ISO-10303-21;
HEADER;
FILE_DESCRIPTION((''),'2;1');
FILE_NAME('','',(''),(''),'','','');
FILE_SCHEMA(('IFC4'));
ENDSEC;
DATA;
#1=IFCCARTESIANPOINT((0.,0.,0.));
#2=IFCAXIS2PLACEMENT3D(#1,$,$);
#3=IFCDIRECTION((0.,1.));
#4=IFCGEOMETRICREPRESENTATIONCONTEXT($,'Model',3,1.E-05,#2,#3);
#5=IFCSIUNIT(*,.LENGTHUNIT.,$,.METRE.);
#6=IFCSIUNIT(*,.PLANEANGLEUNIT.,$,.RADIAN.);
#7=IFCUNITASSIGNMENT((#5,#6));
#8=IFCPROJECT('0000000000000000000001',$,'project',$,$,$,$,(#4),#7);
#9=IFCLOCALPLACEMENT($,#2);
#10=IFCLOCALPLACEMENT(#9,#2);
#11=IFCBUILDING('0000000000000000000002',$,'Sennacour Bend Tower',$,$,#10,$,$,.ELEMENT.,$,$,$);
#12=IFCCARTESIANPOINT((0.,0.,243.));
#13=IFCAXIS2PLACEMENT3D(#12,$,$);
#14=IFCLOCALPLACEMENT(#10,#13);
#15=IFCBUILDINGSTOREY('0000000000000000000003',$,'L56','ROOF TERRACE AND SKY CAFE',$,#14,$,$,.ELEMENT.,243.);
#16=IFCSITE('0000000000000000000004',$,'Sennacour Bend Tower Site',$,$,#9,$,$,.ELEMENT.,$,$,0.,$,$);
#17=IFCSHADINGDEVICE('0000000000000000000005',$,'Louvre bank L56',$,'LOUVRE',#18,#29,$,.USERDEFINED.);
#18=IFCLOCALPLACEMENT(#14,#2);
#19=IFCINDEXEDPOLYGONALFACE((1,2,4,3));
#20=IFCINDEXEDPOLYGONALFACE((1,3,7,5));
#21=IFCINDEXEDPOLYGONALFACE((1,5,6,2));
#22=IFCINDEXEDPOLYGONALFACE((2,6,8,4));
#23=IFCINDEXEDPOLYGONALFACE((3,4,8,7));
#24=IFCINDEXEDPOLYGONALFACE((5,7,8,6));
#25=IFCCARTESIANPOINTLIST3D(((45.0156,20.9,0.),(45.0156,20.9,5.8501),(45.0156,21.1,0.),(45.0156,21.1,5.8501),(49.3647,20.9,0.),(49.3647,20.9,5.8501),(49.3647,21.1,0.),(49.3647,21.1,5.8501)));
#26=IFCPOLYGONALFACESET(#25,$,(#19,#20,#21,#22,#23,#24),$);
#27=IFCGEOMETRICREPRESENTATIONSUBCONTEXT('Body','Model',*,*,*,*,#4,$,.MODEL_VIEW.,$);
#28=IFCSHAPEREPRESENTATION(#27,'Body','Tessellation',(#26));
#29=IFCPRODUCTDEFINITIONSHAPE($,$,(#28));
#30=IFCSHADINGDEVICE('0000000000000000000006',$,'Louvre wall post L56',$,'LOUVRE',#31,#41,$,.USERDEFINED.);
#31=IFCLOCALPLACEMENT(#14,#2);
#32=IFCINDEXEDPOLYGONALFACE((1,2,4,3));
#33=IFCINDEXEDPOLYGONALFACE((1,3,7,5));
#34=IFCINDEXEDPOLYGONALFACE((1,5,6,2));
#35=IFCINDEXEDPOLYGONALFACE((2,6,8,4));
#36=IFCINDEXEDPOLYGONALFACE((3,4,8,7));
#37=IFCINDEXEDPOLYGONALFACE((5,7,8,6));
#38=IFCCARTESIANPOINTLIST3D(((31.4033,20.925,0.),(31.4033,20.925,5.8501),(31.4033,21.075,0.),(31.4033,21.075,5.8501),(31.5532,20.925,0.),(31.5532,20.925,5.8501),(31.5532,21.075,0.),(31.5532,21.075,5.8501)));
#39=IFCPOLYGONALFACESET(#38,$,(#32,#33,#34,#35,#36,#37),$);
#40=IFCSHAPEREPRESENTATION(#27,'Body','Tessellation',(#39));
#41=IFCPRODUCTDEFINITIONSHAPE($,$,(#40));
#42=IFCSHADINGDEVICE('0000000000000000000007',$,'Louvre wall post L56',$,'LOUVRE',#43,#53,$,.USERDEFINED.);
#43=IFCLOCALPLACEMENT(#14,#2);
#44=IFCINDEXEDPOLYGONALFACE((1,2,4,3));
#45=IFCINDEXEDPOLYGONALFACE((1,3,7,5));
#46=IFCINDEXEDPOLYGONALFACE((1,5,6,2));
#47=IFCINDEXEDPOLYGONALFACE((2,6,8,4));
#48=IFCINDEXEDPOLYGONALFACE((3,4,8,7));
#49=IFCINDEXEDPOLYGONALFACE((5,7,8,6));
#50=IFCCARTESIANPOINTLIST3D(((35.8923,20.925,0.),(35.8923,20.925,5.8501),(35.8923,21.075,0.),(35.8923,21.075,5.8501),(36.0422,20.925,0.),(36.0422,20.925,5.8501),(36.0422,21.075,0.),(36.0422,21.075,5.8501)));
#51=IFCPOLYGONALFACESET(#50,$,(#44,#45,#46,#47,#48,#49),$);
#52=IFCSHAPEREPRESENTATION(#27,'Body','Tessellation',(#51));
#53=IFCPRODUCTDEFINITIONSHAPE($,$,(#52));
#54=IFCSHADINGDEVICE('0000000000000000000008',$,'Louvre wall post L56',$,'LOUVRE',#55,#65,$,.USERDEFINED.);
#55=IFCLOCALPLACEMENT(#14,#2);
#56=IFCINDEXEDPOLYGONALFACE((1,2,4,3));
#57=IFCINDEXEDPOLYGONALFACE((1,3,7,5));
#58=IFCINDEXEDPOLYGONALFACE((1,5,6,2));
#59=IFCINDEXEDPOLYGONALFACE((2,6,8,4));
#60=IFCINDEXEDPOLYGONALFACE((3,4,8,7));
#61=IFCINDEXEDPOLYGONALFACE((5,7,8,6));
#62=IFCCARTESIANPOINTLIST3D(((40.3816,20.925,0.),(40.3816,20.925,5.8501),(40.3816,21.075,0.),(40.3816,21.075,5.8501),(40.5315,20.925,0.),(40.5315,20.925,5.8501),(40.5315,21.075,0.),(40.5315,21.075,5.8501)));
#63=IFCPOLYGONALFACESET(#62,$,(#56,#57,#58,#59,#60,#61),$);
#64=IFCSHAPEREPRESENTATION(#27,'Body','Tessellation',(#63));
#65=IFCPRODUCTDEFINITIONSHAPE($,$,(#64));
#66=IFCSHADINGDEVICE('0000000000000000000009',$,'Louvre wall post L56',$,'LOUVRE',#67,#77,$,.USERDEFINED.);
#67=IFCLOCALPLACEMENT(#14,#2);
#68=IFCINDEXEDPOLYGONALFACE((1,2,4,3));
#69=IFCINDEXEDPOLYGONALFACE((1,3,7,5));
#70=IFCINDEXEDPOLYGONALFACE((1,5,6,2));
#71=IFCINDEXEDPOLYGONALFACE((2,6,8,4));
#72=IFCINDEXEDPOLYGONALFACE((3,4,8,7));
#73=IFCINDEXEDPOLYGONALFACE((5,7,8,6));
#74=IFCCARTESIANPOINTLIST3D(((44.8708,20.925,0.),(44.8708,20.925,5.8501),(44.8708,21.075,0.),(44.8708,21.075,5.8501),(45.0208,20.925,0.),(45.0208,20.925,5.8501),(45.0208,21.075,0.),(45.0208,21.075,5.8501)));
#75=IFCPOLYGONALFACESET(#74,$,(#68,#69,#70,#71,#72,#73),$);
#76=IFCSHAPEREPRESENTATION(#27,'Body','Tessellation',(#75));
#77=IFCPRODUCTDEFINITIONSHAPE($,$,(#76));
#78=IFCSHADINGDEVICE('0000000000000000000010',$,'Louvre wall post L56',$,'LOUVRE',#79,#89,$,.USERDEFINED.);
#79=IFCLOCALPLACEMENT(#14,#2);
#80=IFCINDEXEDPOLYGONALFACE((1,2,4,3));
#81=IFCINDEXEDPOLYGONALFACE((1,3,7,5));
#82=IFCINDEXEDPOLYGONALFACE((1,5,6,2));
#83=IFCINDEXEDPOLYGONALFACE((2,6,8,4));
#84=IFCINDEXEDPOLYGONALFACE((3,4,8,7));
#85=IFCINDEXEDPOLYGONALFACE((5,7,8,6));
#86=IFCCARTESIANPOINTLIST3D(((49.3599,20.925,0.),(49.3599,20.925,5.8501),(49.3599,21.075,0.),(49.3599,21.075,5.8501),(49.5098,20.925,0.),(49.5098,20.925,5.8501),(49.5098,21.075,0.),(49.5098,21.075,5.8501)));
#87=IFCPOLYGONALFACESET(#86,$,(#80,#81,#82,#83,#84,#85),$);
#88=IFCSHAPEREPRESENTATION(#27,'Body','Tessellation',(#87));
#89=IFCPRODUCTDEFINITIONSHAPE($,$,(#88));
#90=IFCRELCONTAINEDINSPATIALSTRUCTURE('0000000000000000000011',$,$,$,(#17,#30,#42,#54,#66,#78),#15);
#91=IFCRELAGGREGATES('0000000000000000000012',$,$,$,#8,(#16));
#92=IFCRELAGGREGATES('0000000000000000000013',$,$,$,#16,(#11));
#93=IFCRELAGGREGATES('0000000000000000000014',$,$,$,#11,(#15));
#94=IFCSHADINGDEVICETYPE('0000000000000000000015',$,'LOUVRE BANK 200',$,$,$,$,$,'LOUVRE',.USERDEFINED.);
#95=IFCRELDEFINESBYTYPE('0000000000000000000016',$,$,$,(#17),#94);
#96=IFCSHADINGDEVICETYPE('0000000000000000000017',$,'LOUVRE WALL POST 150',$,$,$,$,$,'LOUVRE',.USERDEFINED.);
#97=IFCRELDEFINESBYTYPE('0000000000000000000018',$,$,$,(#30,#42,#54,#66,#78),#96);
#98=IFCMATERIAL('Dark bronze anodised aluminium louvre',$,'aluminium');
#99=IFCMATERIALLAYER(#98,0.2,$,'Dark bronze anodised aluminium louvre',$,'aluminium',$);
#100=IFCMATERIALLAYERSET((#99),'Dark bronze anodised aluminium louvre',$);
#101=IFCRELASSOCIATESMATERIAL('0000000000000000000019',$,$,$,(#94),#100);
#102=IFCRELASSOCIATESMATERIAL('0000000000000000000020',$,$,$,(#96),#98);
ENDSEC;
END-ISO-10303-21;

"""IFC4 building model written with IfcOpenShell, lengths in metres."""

from ifc_helpers import new_model, si_unit, direction, frame, origin, origin_2d, place, context, subcontext, project, spatial, rectangle, extrude, material, layer, layer_set, type_object, element, save


model = new_model("IFC4")

# Units and contexts
model_context = context("Model", 3, precision=1e-05, world=origin(), true_north=direction((0.0, 1.0)))
body_context = subcontext(model_context, "Body", "Model", "MODEL_VIEW")
ifc_project = project(units=[si_unit("LENGTHUNIT", "METRE"), si_unit("PLANEANGLEUNIT", "RADIAN")], contexts=[model_context])

# Site, building, storey
site_placement = place(None, origin())
site = spatial("IfcSite", under=ifc_project, at=site_placement, Name="Sennacour Bend Tower Site", CompositionType="ELEMENT", RefElevation=0.0)
building_placement = place(site_placement, origin())
building = spatial("IfcBuilding", under=site, at=building_placement, Name="Sennacour Bend Tower", CompositionType="ELEMENT")
storey_placement = place(building_placement, frame((0.0, 0.0, 243.0)))
storey = spatial("IfcBuildingStorey", under=building, at=storey_placement, Name="L56", Description="ROOF TERRACE AND SKY CAFE", CompositionType="ELEMENT", Elevation=243.0)

# Shading devices
ifc_material_1 = material(Name="Dark bronze anodised aluminium louvre", Category="aluminium")
ifc_layer_1 = layer(ifc_material_1, 0.2, Name="Dark bronze anodised aluminium louvre", Category="aluminium")
ifc_layer_set_1 = layer_set([ifc_layer_1], Name="Dark bronze anodised aluminium louvre")
shading_device_type_1 = type_object("IfcShadingDeviceType", Name="LOUVRE BANK 200", ElementType="LOUVRE", PredefinedType="USERDEFINED", material=ifc_layer_set_1)
for number, where, z_axis, x_axis, name in (
    (1, (47.1902, 21.0, 0.0), (0.0, 0.0, 1.0), (1.0, 0.0, 0.0), "Louvre bank L56"),
):
    element("IfcShadingDevice", number, at=place(storey_placement, frame(where, z_axis=z_axis, x_axis=x_axis)), inside=storey, type_object=shading_device_type_1, Name=name, ObjectType="LOUVRE", PredefinedType="USERDEFINED", context=body_context, shape_type="SweptSolid", body=[
        extrude(rectangle(XDim=4.3491, YDim=0.2, at=origin_2d()), origin(), (0.0, 0.0, 1.0), 5.8501),
    ])
shading_device_type_2 = type_object("IfcShadingDeviceType", Name="LOUVRE WALL POST 150", ElementType="LOUVRE", PredefinedType="USERDEFINED", material=ifc_material_1)
for number, where, z_axis, x_axis, name in (
    (2, (31.4783, 21.0, 0.0), (0.0, 0.0, 1.0), (1.0, 0.0, 0.0), "Louvre wall post L56"),
    (3, (35.9673, 21.0, 0.0), (0.0, 0.0, 1.0), (1.0, 0.0, 0.0), "Louvre wall post L56"),
    (4, (40.4565, 21.0, 0.0), (0.0, 0.0, 1.0), (1.0, 0.0, 0.0), "Louvre wall post L56"),
    (5, (44.9458, 21.0, 0.0), (0.0, 0.0, 1.0), (1.0, 0.0, 0.0), "Louvre wall post L56"),
    (6, (49.4348, 21.0, 0.0), (0.0, 0.0, 1.0), (1.0, 0.0, 0.0), "Louvre wall post L56"),
):
    element("IfcShadingDevice", number, at=place(storey_placement, frame(where, z_axis=z_axis, x_axis=x_axis)), inside=storey, type_object=shading_device_type_2, Name=name, ObjectType="LOUVRE", PredefinedType="USERDEFINED", context=body_context, shape_type="SweptSolid", body=[
        extrude(rectangle(XDim=0.1499, YDim=0.1499, at=origin_2d()), origin(), (0.0, 0.0, 1.0), 5.8501),
    ])

save(model, "model.ifc")
